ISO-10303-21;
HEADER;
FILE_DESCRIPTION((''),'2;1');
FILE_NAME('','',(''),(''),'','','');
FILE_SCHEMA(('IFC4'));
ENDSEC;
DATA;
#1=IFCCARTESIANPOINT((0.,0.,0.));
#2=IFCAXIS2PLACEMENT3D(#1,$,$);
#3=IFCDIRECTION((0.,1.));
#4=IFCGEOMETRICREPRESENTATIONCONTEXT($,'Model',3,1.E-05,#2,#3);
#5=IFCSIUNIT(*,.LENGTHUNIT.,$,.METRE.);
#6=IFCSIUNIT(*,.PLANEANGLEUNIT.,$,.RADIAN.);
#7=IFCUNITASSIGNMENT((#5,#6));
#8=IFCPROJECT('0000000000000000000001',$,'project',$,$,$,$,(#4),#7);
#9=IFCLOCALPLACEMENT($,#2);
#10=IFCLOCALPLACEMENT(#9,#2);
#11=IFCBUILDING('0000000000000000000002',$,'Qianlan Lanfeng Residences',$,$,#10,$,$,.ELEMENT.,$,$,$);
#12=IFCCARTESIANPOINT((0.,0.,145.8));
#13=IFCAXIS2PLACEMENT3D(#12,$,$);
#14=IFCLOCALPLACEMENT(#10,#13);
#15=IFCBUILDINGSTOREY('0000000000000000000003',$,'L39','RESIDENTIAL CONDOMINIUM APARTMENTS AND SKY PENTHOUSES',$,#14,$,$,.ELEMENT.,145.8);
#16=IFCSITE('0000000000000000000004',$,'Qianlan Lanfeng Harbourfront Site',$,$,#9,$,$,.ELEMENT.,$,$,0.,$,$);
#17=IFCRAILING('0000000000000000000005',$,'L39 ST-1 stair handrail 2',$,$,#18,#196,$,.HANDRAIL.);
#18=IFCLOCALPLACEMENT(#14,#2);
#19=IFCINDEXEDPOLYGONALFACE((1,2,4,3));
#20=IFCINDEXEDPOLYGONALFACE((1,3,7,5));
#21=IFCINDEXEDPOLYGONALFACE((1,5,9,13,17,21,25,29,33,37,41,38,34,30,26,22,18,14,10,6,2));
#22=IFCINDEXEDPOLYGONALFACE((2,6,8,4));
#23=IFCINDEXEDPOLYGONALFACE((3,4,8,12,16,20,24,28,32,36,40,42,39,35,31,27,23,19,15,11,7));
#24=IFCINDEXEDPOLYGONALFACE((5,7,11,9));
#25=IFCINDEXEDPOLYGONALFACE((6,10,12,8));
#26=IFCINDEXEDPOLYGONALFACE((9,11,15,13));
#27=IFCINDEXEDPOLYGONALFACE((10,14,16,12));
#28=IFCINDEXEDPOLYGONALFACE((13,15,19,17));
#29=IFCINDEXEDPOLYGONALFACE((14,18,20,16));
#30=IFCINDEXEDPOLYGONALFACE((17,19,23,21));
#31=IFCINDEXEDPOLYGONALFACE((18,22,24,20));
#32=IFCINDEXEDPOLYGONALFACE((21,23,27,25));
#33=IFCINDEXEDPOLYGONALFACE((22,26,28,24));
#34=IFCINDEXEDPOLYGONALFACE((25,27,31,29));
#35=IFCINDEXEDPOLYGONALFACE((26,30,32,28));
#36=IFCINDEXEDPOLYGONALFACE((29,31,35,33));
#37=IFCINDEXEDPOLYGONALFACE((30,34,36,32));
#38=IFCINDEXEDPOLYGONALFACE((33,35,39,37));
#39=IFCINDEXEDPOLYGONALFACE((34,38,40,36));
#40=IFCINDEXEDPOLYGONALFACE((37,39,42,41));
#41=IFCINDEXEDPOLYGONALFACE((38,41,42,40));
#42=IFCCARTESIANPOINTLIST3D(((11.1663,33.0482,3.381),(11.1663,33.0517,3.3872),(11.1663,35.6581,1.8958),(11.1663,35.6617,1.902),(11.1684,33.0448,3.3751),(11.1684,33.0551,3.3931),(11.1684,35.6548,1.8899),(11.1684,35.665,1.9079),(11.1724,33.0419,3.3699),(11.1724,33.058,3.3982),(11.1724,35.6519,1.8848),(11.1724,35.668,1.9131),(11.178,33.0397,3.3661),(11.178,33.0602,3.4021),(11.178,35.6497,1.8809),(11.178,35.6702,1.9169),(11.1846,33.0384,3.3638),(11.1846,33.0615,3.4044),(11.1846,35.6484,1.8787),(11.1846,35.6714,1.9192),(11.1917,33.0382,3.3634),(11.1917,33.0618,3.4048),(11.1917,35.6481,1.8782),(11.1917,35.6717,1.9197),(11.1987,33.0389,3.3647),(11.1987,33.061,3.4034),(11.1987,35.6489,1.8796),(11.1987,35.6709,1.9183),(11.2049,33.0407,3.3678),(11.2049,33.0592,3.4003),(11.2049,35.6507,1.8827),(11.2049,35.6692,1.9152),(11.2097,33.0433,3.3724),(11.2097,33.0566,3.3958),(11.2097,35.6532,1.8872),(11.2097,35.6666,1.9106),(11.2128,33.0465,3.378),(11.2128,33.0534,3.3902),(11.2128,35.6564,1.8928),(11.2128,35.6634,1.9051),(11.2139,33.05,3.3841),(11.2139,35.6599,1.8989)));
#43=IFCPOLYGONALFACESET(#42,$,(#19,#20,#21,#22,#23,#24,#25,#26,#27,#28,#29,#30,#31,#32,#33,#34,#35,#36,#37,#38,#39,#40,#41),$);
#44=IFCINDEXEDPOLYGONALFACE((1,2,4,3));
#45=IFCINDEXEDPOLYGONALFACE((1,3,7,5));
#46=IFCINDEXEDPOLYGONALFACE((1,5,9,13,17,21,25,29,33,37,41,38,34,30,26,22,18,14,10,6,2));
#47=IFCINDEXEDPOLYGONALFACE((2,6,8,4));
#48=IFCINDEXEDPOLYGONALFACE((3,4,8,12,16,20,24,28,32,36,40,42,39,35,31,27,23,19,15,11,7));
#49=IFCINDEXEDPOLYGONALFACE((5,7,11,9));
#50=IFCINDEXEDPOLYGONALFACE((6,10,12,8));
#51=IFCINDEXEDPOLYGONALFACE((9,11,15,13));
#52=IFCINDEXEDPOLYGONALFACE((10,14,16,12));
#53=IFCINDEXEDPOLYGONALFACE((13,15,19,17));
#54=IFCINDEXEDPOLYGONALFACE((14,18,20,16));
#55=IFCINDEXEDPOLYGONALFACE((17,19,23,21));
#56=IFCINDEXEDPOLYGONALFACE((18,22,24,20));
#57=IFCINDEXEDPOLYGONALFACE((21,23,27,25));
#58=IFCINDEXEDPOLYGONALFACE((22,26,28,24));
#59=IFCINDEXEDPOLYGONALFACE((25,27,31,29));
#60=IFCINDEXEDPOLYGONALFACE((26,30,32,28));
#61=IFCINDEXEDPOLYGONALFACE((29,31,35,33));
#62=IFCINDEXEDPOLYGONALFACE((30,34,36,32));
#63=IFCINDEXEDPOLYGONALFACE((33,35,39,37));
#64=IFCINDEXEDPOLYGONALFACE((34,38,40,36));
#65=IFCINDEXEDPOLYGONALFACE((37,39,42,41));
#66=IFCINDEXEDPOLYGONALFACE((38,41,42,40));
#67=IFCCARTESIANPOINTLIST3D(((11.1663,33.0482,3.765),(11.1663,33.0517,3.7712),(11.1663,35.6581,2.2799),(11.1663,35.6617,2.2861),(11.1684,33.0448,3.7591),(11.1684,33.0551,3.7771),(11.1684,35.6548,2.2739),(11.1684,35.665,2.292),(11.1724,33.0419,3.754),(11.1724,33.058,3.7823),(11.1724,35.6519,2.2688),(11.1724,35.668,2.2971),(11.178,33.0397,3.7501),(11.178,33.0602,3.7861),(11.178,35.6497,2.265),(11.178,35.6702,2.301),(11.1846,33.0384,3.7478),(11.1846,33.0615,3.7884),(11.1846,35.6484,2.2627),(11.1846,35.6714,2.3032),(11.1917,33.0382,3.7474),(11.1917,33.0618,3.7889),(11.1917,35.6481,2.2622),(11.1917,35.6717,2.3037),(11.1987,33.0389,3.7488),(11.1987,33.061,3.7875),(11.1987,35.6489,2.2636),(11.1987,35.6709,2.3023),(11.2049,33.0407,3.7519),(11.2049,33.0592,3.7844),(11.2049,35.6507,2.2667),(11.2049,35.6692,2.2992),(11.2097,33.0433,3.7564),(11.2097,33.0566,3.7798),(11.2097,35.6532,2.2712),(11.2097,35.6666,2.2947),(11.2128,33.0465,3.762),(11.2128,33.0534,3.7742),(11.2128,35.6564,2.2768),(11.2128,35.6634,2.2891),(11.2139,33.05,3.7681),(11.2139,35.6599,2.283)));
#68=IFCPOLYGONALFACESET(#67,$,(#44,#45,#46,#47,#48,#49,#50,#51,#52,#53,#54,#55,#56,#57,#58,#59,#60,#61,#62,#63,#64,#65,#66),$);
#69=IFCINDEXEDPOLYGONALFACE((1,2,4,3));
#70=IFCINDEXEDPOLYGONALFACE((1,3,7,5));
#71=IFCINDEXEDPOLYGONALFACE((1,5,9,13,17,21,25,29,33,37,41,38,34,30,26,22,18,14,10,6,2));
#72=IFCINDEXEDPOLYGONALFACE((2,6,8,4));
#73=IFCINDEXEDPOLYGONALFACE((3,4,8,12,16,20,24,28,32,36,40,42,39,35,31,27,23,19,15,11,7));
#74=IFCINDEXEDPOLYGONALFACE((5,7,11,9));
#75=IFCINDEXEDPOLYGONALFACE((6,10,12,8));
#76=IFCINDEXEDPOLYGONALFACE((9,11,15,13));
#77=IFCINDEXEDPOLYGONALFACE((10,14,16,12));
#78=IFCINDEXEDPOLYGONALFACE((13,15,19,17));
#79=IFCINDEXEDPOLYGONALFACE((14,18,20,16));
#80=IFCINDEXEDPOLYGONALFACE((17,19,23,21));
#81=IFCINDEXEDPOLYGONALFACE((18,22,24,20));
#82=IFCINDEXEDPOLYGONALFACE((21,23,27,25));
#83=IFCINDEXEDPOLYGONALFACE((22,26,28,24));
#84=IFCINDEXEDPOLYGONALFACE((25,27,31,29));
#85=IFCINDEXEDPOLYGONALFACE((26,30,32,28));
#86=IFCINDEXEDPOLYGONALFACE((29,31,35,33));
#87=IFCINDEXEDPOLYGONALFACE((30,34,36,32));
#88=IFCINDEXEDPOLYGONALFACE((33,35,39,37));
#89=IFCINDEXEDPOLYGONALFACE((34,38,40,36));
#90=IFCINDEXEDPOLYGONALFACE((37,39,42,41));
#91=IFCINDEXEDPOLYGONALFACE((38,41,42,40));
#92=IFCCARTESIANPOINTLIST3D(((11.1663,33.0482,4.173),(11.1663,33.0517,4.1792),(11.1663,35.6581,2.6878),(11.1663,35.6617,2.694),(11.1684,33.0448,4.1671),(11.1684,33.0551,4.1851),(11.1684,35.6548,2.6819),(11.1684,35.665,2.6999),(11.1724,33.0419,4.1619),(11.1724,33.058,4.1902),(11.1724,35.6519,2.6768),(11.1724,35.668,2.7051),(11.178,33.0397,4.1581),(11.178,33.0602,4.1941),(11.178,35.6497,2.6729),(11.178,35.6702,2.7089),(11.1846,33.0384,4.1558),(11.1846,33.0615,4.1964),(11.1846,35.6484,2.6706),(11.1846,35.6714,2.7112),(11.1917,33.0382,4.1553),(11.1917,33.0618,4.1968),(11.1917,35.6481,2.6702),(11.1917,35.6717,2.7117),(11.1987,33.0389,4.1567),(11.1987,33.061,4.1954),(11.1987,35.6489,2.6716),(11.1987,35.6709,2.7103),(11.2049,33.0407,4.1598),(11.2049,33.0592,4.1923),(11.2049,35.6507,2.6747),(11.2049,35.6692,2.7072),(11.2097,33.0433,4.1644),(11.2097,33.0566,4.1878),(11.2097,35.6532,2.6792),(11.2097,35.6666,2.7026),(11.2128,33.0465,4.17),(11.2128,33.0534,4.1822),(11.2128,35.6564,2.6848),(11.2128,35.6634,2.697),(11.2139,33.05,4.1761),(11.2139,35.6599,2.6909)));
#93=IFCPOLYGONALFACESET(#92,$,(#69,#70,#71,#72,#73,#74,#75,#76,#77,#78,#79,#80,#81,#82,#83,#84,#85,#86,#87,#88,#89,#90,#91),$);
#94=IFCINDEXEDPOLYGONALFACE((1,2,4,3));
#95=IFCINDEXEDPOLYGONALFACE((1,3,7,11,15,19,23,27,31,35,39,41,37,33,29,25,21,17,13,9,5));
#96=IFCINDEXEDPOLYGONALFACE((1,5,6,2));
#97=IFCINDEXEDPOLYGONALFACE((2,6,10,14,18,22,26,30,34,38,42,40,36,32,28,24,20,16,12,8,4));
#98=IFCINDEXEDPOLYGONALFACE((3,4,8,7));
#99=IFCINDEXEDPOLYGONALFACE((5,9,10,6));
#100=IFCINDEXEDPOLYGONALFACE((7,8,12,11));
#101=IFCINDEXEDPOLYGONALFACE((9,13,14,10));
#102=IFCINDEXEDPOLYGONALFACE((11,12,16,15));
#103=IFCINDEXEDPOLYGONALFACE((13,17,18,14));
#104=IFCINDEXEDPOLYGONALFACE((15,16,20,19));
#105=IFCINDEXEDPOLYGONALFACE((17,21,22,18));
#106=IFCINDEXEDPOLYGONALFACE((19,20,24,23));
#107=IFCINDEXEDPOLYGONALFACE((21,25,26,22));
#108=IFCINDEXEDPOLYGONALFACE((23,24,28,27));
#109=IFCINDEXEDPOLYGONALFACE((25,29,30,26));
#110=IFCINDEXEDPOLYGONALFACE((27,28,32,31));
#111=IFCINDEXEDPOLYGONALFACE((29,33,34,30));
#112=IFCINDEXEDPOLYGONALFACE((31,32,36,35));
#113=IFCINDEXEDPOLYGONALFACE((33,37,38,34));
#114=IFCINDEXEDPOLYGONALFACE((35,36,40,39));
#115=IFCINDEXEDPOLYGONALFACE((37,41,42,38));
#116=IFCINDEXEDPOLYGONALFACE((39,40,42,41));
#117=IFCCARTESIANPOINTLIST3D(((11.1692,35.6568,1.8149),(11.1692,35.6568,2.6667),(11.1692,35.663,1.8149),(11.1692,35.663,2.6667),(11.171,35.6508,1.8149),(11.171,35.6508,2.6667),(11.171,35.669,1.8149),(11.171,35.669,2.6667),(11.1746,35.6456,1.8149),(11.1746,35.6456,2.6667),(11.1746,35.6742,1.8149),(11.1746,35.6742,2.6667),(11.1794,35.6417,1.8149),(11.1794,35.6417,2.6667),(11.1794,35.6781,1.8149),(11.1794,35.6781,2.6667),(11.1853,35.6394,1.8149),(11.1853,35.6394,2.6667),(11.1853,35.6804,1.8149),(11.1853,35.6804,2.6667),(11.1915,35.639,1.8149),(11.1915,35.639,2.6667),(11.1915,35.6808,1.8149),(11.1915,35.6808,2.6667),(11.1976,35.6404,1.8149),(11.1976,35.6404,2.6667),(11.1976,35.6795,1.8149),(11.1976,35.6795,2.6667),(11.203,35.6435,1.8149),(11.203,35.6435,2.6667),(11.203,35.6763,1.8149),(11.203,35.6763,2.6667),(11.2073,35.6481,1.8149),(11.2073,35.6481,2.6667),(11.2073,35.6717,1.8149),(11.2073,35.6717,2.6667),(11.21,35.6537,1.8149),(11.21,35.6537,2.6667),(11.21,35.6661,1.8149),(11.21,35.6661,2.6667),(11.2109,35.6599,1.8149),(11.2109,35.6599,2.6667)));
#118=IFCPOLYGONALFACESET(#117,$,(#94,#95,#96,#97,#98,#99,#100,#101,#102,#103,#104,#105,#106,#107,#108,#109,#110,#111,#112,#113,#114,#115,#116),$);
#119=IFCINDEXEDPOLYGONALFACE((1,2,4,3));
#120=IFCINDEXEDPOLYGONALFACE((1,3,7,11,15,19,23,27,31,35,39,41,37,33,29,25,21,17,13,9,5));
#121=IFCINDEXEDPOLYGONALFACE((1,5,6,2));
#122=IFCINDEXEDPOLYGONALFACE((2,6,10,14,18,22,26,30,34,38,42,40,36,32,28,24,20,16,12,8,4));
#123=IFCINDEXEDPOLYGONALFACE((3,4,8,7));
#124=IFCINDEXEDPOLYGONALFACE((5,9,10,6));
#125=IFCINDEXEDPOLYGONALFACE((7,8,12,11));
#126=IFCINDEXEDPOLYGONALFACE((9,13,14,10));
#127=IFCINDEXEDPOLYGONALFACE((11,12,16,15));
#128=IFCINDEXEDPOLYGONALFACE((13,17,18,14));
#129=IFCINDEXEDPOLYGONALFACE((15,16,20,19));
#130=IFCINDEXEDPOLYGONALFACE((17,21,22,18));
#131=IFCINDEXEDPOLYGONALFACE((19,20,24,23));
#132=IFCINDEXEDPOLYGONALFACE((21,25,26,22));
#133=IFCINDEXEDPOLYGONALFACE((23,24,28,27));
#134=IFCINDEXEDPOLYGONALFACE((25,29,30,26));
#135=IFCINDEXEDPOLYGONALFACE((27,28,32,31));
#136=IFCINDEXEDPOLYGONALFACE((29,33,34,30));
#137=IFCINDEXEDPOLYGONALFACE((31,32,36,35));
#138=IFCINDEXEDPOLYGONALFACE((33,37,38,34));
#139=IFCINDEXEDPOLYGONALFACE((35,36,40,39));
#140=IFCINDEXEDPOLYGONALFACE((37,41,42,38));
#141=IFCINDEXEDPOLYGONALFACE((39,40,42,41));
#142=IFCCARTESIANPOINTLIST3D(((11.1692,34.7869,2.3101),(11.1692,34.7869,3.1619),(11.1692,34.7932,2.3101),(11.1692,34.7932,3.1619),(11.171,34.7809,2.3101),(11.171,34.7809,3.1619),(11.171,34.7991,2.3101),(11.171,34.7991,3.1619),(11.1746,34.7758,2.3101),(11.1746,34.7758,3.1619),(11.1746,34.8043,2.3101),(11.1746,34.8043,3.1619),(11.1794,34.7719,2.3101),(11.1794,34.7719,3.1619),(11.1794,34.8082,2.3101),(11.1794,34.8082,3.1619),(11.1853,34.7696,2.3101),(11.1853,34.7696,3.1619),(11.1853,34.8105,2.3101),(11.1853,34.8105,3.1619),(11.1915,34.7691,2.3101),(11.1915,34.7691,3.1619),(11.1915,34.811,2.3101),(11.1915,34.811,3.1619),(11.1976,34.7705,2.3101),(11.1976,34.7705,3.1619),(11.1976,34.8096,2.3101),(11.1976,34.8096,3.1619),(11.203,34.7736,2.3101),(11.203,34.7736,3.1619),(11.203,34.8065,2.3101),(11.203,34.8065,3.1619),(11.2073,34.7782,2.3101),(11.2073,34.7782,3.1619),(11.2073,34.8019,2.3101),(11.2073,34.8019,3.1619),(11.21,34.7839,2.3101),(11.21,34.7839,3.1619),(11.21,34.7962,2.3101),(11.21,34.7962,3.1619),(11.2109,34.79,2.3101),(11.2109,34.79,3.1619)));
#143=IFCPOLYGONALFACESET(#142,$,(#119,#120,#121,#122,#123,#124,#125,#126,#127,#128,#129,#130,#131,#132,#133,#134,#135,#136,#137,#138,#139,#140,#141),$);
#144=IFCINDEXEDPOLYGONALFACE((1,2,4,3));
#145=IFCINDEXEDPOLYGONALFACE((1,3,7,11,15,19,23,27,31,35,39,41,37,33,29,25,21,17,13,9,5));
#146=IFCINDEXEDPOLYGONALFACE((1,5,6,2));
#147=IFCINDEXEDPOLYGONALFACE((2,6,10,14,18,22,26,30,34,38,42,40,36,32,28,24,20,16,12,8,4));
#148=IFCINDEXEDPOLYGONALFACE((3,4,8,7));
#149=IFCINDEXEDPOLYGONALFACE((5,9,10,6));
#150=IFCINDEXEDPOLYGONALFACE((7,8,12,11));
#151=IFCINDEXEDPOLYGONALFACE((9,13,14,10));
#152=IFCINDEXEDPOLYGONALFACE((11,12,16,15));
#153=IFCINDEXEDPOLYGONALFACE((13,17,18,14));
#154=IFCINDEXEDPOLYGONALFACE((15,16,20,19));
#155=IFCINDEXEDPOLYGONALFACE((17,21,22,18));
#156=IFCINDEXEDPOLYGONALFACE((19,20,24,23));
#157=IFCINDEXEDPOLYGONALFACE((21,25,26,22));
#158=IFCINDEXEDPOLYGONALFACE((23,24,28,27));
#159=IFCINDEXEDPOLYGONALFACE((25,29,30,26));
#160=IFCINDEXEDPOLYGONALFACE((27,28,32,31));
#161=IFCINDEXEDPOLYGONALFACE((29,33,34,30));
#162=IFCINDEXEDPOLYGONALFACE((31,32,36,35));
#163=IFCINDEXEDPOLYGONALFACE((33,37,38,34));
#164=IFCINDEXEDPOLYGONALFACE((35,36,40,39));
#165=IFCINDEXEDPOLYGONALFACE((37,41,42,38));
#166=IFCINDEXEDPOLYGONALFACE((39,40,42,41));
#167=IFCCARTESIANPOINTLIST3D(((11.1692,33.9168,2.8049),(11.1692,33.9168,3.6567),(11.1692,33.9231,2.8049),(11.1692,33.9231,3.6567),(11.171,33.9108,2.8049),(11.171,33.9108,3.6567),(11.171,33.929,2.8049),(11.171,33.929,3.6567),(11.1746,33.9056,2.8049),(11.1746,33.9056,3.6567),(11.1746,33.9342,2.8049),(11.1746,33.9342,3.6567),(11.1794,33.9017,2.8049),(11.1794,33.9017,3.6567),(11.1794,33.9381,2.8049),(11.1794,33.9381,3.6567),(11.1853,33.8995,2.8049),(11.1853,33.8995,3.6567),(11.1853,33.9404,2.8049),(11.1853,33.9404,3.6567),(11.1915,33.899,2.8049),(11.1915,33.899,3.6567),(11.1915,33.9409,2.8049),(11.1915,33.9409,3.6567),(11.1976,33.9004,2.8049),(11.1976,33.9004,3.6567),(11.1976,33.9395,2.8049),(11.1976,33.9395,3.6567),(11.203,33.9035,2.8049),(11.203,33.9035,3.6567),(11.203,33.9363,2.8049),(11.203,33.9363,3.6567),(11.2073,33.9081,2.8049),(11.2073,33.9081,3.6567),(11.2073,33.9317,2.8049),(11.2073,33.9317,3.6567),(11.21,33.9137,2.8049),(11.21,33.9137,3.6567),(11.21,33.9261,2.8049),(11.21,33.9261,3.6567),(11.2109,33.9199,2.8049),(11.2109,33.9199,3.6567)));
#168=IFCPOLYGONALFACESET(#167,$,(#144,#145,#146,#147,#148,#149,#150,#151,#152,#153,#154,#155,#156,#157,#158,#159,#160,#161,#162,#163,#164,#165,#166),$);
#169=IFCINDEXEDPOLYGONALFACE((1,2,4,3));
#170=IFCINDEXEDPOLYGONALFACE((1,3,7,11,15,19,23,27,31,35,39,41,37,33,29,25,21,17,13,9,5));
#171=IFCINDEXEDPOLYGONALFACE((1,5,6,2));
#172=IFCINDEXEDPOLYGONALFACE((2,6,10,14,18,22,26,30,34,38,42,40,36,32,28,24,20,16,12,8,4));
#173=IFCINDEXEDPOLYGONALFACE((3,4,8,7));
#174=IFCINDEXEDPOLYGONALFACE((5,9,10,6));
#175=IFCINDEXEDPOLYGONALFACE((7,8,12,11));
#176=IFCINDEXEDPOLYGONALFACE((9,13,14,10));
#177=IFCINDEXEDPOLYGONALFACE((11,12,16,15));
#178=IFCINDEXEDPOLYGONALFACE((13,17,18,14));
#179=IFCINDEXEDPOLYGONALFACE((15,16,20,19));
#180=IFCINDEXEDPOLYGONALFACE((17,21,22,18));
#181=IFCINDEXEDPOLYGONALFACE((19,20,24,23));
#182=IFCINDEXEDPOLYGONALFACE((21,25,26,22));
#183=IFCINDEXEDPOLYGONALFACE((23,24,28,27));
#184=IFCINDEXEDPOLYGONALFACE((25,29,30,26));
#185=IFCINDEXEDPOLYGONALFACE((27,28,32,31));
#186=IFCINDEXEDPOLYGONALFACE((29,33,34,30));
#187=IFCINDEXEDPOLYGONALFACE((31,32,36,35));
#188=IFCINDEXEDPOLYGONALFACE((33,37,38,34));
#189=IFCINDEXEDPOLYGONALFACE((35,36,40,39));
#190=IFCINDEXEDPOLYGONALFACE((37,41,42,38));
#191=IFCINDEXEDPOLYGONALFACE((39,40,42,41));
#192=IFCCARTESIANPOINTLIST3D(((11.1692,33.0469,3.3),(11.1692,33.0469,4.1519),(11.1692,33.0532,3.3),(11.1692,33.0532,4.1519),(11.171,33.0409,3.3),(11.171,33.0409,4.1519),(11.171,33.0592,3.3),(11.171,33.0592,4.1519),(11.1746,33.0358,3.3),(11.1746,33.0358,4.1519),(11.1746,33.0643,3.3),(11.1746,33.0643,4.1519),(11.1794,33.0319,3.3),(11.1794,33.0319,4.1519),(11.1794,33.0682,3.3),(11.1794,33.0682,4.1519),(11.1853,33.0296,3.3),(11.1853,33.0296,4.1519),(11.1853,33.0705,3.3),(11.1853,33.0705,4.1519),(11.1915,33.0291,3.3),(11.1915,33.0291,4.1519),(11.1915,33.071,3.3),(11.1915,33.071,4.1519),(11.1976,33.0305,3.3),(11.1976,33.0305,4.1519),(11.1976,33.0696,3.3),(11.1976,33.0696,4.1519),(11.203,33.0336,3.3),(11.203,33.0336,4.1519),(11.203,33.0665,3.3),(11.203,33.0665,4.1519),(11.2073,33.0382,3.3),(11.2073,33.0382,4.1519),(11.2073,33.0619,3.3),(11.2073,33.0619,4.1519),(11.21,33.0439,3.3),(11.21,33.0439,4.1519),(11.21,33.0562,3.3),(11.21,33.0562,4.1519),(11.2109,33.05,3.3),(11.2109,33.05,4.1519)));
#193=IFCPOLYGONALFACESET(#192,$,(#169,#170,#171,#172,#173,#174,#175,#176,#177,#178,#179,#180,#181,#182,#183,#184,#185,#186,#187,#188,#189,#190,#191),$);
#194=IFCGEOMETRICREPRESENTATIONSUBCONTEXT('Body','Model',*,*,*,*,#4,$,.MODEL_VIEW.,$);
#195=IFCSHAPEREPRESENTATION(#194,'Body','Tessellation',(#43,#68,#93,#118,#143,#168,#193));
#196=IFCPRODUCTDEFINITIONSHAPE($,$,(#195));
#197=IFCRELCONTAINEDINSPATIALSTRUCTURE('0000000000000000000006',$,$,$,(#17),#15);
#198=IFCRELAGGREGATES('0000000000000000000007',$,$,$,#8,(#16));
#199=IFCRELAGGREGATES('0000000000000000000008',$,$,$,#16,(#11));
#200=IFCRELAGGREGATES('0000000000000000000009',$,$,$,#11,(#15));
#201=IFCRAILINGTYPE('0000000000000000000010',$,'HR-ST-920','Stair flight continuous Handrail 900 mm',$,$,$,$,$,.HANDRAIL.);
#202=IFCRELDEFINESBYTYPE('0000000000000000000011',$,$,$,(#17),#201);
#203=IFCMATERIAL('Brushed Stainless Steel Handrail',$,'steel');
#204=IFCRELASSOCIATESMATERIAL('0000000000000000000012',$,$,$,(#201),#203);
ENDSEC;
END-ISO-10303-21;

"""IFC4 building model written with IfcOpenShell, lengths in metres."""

from ifc_helpers import new_model, si_unit, direction, frame, origin, origin_2d, place, context, subcontext, project, spatial, circle, extrude, material, type_object, element, save


model = new_model("IFC4")

# Units and contexts
model_context = context("Model", 3, precision=1e-05, world=origin(), true_north=direction((0.0, 1.0)))
body_context = subcontext(model_context, "Body", "Model", "MODEL_VIEW")
ifc_project = project(units=[si_unit("LENGTHUNIT", "METRE"), si_unit("PLANEANGLEUNIT", "RADIAN")], contexts=[model_context])

# Site, building, storey
site_placement = place(None, origin())
site = spatial("IfcSite", under=ifc_project, at=site_placement, Name="Qianlan Lanfeng Harbourfront Site", CompositionType="ELEMENT", RefElevation=0.0)
building_placement = place(site_placement, origin())
building = spatial("IfcBuilding", under=site, at=building_placement, Name="Qianlan Lanfeng Residences", CompositionType="ELEMENT")
storey_placement = place(building_placement, frame((0.0, 0.0, 145.8)))
storey = spatial("IfcBuildingStorey", under=building, at=storey_placement, Name="L39", Description="RESIDENTIAL CONDOMINIUM APARTMENTS AND SKY PENTHOUSES", CompositionType="ELEMENT", Elevation=145.8)

# Railing
ifc_material_1 = material(Name="Brushed Stainless Steel Handrail", Category="steel")
railing_type_1 = type_object("IfcRailingType", Name="HR-ST-920", Description="Stair flight continuous Handrail 900 mm", PredefinedType="HANDRAIL", material=ifc_material_1)
railing_1_placement = place(storey_placement, frame((11.1899, 35.6599, 1.8149)))
element("IfcRailing", 1, at=railing_1_placement, inside=storey, type_object=railing_type_1, Name="L39 ST-1 stair handrail 2", PredefinedType="HANDRAIL", context=body_context, shape_type="SweptSolid", body=[
    extrude(circle(Radius=0.0239, at=origin_2d()), frame((0.0, 0.0, 0.084), z_axis=(0.0, -0.869137, 0.494571), x_axis=(1.0, 0.0, 0.0)), (0.0, 0.0, 1.0), 3.0029),
    extrude(circle(Radius=0.0239, at=origin_2d()), frame((0.0, 0.0, 0.468), z_axis=(0.0, -0.869137, 0.494571), x_axis=(1.0, 0.0, 0.0)), (0.0, 0.0, 1.0), 3.0029),
    extrude(circle(Radius=0.0239, at=origin_2d()), frame((0.0, 0.0, 0.876), z_axis=(0.0, -0.869137, 0.494571), x_axis=(1.0, 0.0, 0.0)), (0.0, 0.0, 1.0), 3.0029),
    extrude(circle(Radius=0.021, at=origin_2d()), origin(), (0.0, 0.0, 1.0), 0.8518),
    extrude(circle(Radius=0.021, at=origin_2d()), frame((0.0, -0.8699, 0.4951)), (0.0, 0.0, 1.0), 0.8518),
    extrude(circle(Radius=0.021, at=origin_2d()), frame((0.0, -1.74, 0.99)), (0.0, 0.0, 1.0), 0.8518),
    extrude(circle(Radius=0.021, at=origin_2d()), frame((0.0, -2.6099, 1.4851)), (0.0, 0.0, 1.0), 0.8518),
])

save(model, "model.ifc")
